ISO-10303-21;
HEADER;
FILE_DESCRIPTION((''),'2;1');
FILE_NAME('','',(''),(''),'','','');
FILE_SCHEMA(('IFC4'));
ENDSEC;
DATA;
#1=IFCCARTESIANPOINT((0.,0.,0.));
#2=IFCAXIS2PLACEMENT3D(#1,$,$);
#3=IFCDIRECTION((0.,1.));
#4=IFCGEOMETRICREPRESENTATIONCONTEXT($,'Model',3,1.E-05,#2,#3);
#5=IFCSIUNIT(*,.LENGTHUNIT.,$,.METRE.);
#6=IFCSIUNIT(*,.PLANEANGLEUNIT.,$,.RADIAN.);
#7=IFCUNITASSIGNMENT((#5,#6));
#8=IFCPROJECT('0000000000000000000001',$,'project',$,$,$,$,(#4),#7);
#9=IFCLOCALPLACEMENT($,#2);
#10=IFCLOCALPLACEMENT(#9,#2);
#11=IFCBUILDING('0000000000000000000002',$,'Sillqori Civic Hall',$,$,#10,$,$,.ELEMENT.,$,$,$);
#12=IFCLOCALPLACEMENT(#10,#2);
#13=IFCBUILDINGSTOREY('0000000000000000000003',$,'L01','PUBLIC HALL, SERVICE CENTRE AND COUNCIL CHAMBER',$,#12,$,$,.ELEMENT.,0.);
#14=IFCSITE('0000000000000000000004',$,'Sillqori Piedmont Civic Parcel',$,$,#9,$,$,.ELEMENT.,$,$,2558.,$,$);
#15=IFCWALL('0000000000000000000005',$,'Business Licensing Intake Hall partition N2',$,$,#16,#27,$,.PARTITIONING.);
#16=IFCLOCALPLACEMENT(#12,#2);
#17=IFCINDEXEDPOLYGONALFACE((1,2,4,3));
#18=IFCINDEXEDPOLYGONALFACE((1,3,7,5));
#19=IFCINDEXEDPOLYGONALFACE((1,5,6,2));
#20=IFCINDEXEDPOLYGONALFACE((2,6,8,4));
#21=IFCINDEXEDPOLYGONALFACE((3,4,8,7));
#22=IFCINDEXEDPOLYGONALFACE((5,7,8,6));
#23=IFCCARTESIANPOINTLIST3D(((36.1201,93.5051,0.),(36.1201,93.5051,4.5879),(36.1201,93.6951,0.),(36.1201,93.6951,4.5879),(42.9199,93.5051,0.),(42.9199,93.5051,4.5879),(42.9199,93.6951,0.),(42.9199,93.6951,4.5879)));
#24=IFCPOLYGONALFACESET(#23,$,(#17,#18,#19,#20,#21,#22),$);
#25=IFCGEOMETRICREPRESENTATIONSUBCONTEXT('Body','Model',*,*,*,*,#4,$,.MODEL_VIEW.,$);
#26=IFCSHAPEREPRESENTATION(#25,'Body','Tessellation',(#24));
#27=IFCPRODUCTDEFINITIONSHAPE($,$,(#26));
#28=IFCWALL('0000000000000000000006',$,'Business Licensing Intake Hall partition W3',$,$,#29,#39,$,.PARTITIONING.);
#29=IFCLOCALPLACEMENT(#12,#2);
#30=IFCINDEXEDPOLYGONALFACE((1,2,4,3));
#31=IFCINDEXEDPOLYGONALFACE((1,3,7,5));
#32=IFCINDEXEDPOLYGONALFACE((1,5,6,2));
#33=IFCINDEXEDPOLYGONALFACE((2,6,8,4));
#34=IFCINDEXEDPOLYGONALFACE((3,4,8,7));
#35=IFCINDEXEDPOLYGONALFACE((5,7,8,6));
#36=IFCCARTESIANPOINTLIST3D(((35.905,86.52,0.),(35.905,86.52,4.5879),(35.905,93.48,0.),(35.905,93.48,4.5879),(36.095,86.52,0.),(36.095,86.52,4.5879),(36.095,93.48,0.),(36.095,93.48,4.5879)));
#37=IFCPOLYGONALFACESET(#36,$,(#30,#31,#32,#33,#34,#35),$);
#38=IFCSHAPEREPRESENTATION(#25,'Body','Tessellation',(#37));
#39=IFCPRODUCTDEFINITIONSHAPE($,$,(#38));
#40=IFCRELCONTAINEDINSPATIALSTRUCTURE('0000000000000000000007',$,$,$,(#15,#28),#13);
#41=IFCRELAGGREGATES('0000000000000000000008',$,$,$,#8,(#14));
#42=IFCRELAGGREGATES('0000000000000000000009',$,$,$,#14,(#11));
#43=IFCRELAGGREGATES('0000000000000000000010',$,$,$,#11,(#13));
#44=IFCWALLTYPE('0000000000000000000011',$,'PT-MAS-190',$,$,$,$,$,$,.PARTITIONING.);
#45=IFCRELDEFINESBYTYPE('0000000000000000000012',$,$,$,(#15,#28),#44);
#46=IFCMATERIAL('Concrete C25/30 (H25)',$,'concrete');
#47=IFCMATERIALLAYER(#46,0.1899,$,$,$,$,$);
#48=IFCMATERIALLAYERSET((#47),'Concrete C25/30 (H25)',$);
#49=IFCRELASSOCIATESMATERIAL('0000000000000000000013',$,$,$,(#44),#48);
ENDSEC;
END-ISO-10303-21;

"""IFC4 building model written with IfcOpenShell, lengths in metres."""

from ifc_helpers import new_model, si_unit, direction, frame, frame_2d, origin, place, context, subcontext, project, spatial, rectangle, extrude, material, layer, layer_set, type_object, element, save


model = new_model("IFC4")

# Units and contexts
model_context = context("Model", 3, precision=1e-05, world=origin(), true_north=direction((0.0, 1.0)))
body_context = subcontext(model_context, "Body", "Model", "MODEL_VIEW")
ifc_project = project(units=[si_unit("LENGTHUNIT", "METRE"), si_unit("PLANEANGLEUNIT", "RADIAN")], contexts=[model_context])

# Site, building, storey
site_placement = place(None, origin())
site = spatial("IfcSite", under=ifc_project, at=site_placement, Name="Sillqori Piedmont Civic Parcel", CompositionType="ELEMENT", RefElevation=2558.0)
building_placement = place(site_placement, origin())
building = spatial("IfcBuilding", under=site, at=building_placement, Name="Sillqori Civic Hall", CompositionType="ELEMENT")
storey_placement = place(building_placement, origin())
storey = spatial("IfcBuildingStorey", under=building, at=storey_placement, Name="L01", Description="PUBLIC HALL, SERVICE CENTRE AND COUNCIL CHAMBER", CompositionType="ELEMENT", Elevation=0.0)

# Walls
ifc_material_1 = material(Name="Concrete C25/30 (H25)", Category="concrete")
ifc_layer_1 = layer(ifc_material_1, 0.1899)
ifc_layer_set_1 = layer_set([ifc_layer_1], Name="Concrete C25/30 (H25)")
wall_type = type_object("IfcWallType", Name="PT-MAS-190", PredefinedType="PARTITIONING", material=ifc_layer_set_1)
wall_1_placement = place(storey_placement, frame((36.1201, 93.6001, 0.0), z_axis=(0.0, 0.0, 1.0), x_axis=(1.0, 0.0, 0.0)))
element("IfcWall", 1, at=wall_1_placement, inside=storey, type_object=wall_type, Name="Business Licensing Intake Hall partition N2", PredefinedType="PARTITIONING", context=body_context, shape_type="SweptSolid", body=[
    extrude(rectangle(XDim=6.7998, YDim=0.1899, at=frame_2d((3.3999, 0.0))), origin(), (0.0, 0.0, 1.0), 4.5879),
])
wall_2_placement = place(storey_placement, frame((36.0, 86.52, 0.0), z_axis=(0.0, 0.0, 1.0), x_axis=(0.0, 1.0, 0.0)))
element("IfcWall", 2, at=wall_2_placement, inside=storey, type_object=wall_type, Name="Business Licensing Intake Hall partition W3", PredefinedType="PARTITIONING", context=body_context, shape_type="SweptSolid", body=[
    extrude(rectangle(XDim=6.96, YDim=0.1899, at=frame_2d((3.48, 0.0))), origin(), (0.0, 0.0, 1.0), 4.5879),
])

save(model, "model.ifc")
